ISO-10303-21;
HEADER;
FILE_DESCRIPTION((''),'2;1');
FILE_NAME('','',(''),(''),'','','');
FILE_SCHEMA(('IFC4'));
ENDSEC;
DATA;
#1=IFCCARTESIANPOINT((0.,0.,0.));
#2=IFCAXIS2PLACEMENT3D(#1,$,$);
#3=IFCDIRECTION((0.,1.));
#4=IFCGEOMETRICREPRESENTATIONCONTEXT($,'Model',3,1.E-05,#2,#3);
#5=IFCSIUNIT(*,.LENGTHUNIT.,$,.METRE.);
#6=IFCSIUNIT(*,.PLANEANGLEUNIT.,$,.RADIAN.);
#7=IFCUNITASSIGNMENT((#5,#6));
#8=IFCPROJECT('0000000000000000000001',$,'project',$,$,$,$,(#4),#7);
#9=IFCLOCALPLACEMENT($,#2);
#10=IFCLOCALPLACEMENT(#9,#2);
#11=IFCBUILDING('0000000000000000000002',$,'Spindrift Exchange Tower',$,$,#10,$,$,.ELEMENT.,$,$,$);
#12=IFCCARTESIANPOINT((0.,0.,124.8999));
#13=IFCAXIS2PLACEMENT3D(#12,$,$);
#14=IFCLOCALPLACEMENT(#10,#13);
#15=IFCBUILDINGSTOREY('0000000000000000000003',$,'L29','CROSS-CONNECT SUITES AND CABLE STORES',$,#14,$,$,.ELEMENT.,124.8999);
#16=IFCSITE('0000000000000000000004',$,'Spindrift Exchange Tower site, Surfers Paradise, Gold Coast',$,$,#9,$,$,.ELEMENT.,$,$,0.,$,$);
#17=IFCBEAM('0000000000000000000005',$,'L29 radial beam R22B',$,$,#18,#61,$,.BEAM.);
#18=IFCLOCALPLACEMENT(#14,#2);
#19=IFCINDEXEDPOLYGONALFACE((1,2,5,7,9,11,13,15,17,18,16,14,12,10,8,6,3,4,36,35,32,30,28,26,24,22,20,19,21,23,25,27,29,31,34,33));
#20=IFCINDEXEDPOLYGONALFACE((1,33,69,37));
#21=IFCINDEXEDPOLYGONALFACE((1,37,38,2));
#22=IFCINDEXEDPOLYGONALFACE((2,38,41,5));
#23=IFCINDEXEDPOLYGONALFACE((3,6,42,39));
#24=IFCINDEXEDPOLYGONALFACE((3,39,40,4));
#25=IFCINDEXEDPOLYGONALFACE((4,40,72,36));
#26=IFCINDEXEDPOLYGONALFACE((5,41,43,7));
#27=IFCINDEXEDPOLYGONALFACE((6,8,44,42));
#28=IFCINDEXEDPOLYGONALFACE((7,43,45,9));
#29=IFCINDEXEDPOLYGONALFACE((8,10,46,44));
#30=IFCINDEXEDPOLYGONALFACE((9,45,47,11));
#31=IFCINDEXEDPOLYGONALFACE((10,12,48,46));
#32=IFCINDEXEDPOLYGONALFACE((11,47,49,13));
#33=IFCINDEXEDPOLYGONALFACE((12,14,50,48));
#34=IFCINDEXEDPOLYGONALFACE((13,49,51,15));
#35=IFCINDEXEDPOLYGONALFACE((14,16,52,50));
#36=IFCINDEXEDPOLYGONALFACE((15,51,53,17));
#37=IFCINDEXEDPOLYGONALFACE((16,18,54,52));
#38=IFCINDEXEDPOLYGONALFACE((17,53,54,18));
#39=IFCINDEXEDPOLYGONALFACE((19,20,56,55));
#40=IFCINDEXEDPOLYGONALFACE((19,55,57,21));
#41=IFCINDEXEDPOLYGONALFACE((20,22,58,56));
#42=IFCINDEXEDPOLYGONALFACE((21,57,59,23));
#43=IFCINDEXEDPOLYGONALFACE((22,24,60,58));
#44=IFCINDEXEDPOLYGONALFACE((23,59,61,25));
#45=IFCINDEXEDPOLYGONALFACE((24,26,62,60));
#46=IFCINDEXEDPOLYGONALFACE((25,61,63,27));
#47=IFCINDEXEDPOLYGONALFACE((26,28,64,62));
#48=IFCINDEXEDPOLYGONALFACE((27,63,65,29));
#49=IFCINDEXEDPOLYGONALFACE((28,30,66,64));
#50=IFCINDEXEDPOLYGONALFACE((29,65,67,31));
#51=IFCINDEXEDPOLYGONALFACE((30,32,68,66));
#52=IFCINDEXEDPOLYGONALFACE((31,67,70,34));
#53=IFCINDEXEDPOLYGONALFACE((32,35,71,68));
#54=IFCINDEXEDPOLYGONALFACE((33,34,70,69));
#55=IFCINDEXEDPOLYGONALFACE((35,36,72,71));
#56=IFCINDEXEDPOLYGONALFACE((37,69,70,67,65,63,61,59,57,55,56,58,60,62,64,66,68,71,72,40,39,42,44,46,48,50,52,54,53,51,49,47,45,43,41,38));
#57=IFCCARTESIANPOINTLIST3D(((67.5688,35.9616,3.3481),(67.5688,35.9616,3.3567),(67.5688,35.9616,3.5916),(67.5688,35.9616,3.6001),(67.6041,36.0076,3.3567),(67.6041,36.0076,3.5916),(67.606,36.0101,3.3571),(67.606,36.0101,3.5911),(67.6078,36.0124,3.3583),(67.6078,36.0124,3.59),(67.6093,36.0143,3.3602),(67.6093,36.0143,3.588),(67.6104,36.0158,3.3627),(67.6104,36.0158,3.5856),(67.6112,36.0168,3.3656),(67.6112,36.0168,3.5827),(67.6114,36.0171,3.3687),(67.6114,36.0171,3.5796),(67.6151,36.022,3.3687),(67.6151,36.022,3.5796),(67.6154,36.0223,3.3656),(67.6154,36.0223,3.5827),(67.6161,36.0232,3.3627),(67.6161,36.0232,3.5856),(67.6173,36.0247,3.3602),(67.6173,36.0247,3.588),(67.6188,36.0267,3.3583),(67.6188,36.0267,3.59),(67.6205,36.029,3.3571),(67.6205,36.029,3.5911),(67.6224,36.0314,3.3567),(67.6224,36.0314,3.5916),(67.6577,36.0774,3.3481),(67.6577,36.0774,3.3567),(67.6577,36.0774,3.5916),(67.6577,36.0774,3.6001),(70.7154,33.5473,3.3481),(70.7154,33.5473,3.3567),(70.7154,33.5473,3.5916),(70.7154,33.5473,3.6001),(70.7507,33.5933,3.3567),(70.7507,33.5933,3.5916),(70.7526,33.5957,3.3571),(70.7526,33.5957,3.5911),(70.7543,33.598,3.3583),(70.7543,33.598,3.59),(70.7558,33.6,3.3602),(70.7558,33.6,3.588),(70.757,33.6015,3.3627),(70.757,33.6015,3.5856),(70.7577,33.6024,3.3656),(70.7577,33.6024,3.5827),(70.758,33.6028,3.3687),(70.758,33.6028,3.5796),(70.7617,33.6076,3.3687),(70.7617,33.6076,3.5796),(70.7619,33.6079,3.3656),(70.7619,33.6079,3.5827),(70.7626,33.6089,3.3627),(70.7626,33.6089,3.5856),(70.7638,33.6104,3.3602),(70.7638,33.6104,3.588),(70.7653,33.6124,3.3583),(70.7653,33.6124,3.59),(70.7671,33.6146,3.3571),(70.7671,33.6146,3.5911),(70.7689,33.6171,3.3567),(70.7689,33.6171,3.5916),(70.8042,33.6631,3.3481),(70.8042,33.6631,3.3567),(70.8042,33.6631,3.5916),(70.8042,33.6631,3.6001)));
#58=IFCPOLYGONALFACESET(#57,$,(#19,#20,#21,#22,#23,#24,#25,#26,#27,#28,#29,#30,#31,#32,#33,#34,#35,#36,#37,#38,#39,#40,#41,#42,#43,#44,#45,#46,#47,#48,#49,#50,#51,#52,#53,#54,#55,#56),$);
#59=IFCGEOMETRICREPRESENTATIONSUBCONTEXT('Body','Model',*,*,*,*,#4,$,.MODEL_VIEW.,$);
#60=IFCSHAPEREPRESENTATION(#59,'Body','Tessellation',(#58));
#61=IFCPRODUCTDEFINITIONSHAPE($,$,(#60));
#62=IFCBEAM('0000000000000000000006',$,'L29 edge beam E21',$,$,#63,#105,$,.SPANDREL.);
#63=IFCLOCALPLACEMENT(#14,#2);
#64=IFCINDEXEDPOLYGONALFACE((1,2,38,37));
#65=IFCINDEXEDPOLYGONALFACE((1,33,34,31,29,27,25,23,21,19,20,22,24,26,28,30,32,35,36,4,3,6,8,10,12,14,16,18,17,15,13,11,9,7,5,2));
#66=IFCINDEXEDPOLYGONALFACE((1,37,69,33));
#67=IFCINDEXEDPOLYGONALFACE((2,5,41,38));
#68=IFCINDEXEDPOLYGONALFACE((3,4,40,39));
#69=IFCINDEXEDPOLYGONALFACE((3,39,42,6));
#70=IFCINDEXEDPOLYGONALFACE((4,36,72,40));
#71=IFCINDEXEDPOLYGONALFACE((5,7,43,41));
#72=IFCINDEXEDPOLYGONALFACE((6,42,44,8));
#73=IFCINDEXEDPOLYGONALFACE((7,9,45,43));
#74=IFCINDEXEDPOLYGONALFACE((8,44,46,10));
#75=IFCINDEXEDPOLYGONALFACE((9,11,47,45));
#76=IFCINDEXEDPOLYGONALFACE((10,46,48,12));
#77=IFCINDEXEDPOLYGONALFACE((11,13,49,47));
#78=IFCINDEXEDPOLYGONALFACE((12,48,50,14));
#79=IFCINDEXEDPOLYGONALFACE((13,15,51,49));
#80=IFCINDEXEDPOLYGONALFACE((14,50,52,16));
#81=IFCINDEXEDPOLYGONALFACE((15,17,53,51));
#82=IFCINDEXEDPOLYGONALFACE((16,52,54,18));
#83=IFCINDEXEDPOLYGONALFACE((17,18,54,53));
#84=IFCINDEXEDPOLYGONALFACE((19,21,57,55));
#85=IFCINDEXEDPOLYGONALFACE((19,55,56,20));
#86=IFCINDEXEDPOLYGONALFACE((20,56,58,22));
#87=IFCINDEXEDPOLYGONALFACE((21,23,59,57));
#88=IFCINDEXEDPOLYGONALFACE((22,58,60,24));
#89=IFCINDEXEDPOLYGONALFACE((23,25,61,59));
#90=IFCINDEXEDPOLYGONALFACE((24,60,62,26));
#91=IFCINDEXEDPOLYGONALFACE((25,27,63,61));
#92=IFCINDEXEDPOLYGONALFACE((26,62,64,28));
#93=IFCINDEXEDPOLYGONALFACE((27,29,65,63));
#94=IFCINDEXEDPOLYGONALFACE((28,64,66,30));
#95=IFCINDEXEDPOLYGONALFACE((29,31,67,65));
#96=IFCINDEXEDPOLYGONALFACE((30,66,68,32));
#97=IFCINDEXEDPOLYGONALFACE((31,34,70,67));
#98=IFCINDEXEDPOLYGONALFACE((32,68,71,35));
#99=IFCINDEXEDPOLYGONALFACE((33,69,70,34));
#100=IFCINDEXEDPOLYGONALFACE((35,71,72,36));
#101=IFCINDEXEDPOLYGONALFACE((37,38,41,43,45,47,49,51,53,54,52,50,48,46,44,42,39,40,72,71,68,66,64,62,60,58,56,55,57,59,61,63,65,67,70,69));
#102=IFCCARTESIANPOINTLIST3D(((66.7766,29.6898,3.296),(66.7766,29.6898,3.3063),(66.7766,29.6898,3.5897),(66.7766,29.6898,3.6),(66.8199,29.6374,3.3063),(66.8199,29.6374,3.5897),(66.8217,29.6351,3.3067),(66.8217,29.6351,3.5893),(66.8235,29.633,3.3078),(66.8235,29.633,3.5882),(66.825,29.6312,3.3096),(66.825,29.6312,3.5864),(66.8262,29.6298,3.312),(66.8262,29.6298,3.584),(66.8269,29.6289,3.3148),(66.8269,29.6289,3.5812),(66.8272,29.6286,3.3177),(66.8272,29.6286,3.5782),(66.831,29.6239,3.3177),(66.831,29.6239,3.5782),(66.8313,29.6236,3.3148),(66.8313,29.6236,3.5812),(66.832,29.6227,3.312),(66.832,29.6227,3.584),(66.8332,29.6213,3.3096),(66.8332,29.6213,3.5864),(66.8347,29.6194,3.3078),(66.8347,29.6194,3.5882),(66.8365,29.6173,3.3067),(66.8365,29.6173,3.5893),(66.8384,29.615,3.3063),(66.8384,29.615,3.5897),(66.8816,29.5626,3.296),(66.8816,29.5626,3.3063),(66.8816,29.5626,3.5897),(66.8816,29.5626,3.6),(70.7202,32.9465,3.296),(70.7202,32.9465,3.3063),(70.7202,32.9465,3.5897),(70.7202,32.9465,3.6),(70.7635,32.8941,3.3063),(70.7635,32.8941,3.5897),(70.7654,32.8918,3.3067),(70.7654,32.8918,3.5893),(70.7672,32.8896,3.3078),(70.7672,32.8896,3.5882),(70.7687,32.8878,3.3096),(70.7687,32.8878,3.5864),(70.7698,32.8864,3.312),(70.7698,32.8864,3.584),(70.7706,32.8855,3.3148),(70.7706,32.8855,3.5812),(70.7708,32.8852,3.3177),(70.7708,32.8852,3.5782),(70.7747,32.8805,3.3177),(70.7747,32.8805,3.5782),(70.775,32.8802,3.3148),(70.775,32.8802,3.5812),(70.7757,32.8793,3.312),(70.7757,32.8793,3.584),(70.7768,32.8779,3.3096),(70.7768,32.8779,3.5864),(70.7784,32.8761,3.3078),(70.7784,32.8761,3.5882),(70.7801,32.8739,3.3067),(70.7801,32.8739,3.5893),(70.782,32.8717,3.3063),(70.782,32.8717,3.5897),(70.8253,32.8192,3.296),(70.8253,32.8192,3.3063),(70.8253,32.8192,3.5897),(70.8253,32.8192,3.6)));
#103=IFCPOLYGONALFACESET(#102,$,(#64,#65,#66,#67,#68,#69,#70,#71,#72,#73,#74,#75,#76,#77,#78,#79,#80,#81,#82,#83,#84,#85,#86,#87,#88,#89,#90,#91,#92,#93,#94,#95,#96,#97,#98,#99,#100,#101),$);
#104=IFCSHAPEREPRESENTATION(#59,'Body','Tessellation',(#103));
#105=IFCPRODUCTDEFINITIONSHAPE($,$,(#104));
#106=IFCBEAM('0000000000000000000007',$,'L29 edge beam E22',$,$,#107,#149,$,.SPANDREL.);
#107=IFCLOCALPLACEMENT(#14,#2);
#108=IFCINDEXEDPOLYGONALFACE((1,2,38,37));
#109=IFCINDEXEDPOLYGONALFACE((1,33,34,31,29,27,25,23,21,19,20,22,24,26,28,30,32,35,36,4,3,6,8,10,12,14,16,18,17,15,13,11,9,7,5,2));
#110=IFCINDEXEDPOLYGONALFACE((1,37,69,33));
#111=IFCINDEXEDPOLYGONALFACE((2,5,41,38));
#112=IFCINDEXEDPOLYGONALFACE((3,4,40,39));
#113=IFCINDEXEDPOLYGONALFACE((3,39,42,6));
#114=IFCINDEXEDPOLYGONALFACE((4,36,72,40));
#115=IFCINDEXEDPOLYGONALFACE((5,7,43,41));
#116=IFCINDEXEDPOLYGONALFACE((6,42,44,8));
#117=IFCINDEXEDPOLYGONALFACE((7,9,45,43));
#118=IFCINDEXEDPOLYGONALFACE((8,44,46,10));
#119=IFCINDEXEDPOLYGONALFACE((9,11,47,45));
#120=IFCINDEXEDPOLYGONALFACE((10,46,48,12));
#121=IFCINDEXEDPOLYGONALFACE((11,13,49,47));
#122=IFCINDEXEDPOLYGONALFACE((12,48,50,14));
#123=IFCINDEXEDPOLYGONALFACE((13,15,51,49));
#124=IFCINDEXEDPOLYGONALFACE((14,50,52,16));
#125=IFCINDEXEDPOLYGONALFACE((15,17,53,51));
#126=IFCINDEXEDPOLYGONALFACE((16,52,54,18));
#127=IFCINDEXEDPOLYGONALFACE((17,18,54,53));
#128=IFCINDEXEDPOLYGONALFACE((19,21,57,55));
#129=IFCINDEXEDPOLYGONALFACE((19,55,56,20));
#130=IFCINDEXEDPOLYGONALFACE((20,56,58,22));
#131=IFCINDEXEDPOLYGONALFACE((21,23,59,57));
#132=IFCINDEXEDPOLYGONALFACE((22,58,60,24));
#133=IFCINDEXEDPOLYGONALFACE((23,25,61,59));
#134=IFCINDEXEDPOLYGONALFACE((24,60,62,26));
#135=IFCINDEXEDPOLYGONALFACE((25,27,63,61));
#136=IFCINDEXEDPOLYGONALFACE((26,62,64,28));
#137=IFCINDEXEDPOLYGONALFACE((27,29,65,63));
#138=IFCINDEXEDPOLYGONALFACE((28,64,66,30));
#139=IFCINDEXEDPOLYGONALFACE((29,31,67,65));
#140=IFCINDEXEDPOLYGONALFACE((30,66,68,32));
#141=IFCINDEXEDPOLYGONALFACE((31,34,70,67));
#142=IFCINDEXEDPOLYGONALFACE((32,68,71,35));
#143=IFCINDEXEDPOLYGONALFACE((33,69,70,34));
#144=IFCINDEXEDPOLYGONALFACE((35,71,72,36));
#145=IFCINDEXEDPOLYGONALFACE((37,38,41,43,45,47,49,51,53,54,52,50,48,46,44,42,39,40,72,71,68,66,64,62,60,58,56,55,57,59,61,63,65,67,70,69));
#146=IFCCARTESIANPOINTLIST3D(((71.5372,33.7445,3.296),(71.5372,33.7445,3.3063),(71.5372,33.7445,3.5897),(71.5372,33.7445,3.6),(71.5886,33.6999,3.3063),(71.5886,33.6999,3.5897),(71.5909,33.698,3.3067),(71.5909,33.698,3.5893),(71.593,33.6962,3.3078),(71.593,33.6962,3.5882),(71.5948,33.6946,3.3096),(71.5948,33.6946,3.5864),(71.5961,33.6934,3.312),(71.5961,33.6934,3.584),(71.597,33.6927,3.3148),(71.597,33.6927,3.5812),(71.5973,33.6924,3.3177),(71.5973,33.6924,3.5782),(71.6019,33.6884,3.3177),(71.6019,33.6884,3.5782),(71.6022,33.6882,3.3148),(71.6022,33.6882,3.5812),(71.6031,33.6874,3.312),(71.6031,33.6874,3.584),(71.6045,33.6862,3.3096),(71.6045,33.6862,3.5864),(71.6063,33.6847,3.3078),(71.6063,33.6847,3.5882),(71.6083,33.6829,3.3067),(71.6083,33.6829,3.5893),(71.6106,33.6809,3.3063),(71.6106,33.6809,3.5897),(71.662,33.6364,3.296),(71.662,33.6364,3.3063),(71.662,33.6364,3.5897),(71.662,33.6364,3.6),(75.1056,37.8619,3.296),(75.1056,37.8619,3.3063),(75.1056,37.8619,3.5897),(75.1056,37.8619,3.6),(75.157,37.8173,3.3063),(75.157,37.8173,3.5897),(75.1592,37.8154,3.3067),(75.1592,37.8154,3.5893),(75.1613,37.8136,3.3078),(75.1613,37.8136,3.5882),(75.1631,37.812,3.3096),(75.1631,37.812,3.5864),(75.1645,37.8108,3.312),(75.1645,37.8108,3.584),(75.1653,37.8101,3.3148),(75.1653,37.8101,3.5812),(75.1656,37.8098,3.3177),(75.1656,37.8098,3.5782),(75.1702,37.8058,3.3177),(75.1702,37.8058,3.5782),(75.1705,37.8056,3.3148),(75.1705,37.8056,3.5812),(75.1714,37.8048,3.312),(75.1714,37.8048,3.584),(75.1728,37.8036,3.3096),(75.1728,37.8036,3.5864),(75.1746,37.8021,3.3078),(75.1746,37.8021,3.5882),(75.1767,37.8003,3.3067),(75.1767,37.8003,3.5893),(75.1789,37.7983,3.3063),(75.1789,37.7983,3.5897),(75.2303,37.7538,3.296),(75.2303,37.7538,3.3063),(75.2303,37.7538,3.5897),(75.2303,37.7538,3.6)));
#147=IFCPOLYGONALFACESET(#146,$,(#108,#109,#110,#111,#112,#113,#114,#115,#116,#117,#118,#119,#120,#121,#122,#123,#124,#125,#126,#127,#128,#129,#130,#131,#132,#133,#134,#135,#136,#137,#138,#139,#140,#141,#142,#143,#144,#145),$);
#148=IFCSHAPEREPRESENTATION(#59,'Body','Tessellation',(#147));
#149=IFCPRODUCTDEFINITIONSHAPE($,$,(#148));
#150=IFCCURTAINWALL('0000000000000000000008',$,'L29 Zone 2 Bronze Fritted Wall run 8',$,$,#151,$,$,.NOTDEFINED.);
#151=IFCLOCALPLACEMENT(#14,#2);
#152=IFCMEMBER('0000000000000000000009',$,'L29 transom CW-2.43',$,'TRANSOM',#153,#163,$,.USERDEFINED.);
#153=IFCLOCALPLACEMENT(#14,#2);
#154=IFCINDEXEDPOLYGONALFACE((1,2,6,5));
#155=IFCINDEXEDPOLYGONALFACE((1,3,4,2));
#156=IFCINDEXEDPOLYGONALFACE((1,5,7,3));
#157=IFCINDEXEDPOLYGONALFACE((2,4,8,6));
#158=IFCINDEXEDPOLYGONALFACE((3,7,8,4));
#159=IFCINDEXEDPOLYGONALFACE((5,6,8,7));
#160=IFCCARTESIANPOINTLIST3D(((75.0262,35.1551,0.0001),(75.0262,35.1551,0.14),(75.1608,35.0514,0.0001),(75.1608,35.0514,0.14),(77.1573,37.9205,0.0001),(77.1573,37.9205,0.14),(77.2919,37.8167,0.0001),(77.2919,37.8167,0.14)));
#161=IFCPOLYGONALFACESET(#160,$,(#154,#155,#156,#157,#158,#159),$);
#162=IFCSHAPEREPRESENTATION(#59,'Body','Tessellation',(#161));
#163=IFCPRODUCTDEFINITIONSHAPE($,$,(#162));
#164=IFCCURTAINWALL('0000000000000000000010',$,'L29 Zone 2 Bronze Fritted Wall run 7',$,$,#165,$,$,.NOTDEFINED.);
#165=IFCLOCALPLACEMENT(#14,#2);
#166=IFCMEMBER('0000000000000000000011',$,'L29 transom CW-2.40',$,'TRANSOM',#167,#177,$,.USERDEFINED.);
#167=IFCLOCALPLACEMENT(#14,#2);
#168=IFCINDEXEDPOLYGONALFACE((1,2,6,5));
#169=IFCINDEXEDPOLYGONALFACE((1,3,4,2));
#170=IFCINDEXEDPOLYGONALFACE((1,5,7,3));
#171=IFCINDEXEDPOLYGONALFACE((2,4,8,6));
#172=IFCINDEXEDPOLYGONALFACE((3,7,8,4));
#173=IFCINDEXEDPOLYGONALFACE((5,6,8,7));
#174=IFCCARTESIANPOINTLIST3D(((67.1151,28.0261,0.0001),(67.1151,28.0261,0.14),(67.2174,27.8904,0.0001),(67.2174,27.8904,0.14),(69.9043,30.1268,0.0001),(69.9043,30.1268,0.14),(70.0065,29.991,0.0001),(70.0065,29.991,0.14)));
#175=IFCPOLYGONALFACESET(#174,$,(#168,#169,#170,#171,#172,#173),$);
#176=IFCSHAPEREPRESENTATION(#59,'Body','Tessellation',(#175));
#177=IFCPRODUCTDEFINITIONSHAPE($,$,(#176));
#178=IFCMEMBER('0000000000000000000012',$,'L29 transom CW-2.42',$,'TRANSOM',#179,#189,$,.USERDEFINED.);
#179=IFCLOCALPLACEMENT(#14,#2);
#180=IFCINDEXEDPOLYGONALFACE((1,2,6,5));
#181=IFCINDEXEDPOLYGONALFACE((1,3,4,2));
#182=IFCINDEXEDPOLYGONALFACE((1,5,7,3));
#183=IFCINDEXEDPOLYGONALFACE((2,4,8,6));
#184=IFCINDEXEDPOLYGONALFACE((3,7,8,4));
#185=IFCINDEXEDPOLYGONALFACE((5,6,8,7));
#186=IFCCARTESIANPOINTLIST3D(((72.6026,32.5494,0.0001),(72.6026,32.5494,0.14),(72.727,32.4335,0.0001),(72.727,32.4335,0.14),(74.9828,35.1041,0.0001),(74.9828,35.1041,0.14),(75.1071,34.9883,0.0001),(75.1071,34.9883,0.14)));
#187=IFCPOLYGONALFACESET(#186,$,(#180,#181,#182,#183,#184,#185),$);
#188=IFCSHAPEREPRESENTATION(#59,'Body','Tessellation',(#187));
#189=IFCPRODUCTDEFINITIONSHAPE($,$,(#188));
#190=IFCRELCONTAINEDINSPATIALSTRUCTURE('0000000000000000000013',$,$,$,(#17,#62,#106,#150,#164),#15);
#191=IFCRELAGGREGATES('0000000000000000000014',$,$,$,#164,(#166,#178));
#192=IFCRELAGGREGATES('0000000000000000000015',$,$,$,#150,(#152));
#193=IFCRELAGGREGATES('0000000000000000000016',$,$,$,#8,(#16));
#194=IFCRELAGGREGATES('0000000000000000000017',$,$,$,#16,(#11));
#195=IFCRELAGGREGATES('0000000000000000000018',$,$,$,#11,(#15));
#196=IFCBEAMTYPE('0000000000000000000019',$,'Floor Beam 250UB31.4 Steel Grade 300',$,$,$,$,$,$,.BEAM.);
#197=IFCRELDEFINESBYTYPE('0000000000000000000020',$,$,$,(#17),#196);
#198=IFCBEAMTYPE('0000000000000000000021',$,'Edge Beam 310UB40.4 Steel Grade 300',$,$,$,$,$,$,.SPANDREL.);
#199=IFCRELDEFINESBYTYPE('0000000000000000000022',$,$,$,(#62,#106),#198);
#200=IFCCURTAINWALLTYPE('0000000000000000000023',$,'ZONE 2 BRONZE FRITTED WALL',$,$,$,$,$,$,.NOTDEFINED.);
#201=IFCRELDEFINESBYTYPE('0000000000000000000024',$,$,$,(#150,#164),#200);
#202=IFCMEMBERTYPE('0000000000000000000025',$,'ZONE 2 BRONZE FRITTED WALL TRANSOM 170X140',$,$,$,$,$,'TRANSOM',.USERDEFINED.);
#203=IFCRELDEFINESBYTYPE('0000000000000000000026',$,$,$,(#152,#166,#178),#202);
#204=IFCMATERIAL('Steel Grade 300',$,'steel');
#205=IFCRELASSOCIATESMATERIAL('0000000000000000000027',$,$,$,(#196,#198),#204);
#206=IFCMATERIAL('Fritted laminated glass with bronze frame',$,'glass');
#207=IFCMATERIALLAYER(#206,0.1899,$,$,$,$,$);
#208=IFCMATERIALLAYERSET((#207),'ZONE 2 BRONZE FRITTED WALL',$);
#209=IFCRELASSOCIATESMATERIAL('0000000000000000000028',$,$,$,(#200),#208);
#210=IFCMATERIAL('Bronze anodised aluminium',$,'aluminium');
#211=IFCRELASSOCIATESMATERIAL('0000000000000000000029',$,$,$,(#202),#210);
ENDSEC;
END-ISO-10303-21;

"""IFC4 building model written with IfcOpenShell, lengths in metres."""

from ifc_helpers import new_model, si_unit, direction, frame, origin, origin_2d, place, context, subcontext, project, spatial, rectangle, i_section, extrude, source, transform, mapped, material, layer, layer_set, material_profile, profile_set, type_object, element, aggregate, save


model = new_model("IFC4")

# Units and contexts
model_context = context("Model", 3, precision=1e-05, world=origin(), true_north=direction((0.0, 1.0)))
body_context = subcontext(model_context, "Body", "Model", "MODEL_VIEW")
ifc_project = project(units=[si_unit("LENGTHUNIT", "METRE"), si_unit("PLANEANGLEUNIT", "RADIAN")], contexts=[model_context])

# Site, building, storey
site_placement = place(None, origin())
site = spatial("IfcSite", under=ifc_project, at=site_placement, Name="Spindrift Exchange Tower site, Surfers Paradise, Gold Coast", CompositionType="ELEMENT", RefElevation=0.0)
building_placement = place(site_placement, origin())
building = spatial("IfcBuilding", under=site, at=building_placement, Name="Spindrift Exchange Tower", CompositionType="ELEMENT")
storey_placement = place(building_placement, frame((0.0, 0.0, 124.8999)))
storey = spatial("IfcBuildingStorey", under=building, at=storey_placement, Name="L29", Description="CROSS-CONNECT SUITES AND CABLE STORES", CompositionType="ELEMENT", Elevation=124.8999)

# Beams
ifc_material_1 = material(Name="Steel Grade 300", Category="steel")
ifc_material_profile_1 = material_profile(ifc_material_1, i_section(OverallWidth=0.146, OverallDepth=0.252, WebThickness=0.0061, FlangeThickness=0.0085, FilletRadius=0.012, at=origin_2d()), Name="250UB31.4")
ifc_profile_set_1 = profile_set([ifc_material_profile_1], Name="Steel Grade 300")
beam_type_1 = type_object("IfcBeamType", Name="Floor Beam 250UB31.4 Steel Grade 300", PredefinedType="BEAM", material=ifc_profile_set_1)
shared_shape_1 = source(origin(), body_context, "Body", "SweptSolid", [
    extrude(i_section(OverallWidth=0.146, OverallDepth=0.252, WebThickness=0.0061, FlangeThickness=0.0085, FilletRadius=0.012, at=origin_2d()), origin(), (0.0, 0.0, 1.0), 3.9661),
])
beam_1_placement = place(storey_placement, frame((67.6133, 36.0195, 3.4741), z_axis=(0.793363, -0.608749, 0.0), x_axis=(0.608749, 0.793363, 0.0)))
element("IfcBeam", 1, at=beam_1_placement, inside=storey, type_object=beam_type_1, Name="L29 radial beam R22B", PredefinedType="BEAM", context=body_context, shape_type="MappedRepresentation", body=[
    mapped(shared_shape_1, transform((0.0, 0.0, 0.0), scale=1.0)),
])
ifc_material_profile_2 = material_profile(ifc_material_1, i_section(OverallWidth=0.165, OverallDepth=0.304, WebThickness=0.0061, FlangeThickness=0.0103, FilletRadius=0.0115, at=origin_2d()), Name="310UB40.4")
ifc_profile_set_2 = profile_set([ifc_material_profile_2], Name="Steel Grade 300")
beam_type_2 = type_object("IfcBeamType", Name="Edge Beam 310UB40.4 Steel Grade 300", PredefinedType="SPANDREL", material=ifc_profile_set_2)
shared_shape_2 = source(origin(), body_context, "Body", "SweptSolid", [
    extrude(i_section(OverallWidth=0.165, OverallDepth=0.304, WebThickness=0.0061, FlangeThickness=0.0103, FilletRadius=0.0115, at=origin_2d()), origin(), (0.0, 0.0, 1.0), 5.1145),
])
beam_2_placement = place(storey_placement, frame((66.8291, 29.6262, 3.448), z_axis=(0.771074, 0.636746, 0.0), x_axis=(-0.636746, 0.771074, 0.0)))
element("IfcBeam", 2, at=beam_2_placement, inside=storey, type_object=beam_type_2, Name="L29 edge beam E21", PredefinedType="SPANDREL", context=body_context, shape_type="MappedRepresentation", body=[
    mapped(shared_shape_2, transform((0.0, 0.0, 0.0), scale=1.0)),
])
shared_shape_3 = source(origin(), body_context, "Body", "SweptSolid", [
    extrude(i_section(OverallWidth=0.165, OverallDepth=0.304, WebThickness=0.0061, FlangeThickness=0.0103, FilletRadius=0.0115, at=origin_2d()), origin(), (0.0, 0.0, 1.0), 5.4485),
])
beam_3_placement = place(storey_placement, frame((71.5996, 33.6904, 3.448), z_axis=(0.654922, 0.755696, 0.0), x_axis=(-0.755696, 0.654922, 0.0)))
element("IfcBeam", 3, at=beam_3_placement, inside=storey, type_object=beam_type_2, Name="L29 edge beam E22", PredefinedType="SPANDREL", context=body_context, shape_type="MappedRepresentation", body=[
    mapped(shared_shape_3, transform((0.0, 0.0, 0.0), scale=1.0)),
])

# Curtain wall, member
ifc_material_2 = material(Name="Fritted laminated glass with bronze frame", Category="glass")
ifc_layer_1 = layer(ifc_material_2, 0.1899)
ifc_layer_set_1 = layer_set([ifc_layer_1], Name="ZONE 2 BRONZE FRITTED WALL")
curtain_wall_type = type_object("IfcCurtainWallType", Name="ZONE 2 BRONZE FRITTED WALL", PredefinedType="NOTDEFINED", material=ifc_layer_set_1)
curtain_wall_1_placement = place(storey_placement, origin())
curtain_wall_1 = element("IfcCurtainWall", 4, at=curtain_wall_1_placement, inside=storey, type_object=curtain_wall_type, Name="L29 Zone 2 Bronze Fritted Wall run 8", PredefinedType="NOTDEFINED")
ifc_material_3 = material(Name="Bronze anodised aluminium", Category="aluminium")
ifc_material_profile_3 = material_profile(ifc_material_3, rectangle(XDim=0.1699, YDim=0.1399, at=origin_2d()), Name="ZONE 2 BRONZE FRITTED WALL TRANSOM 170X140")
ifc_profile_set_3 = profile_set([ifc_material_profile_3], Name="Bronze anodised aluminium")
member_type_1 = type_object("IfcMemberType", Name="ZONE 2 BRONZE FRITTED WALL TRANSOM 170X140", ElementType="TRANSOM", PredefinedType="USERDEFINED", material=ifc_profile_set_3)
shared_shape_4 = source(origin(), body_context, "Body", "SweptSolid", [
    extrude(rectangle(XDim=0.1699, YDim=0.1399, at=origin_2d()), origin(), (0.0, 0.0, 1.0), 3.4912),
])
member_1_placement = place(storey_placement, frame((75.0935, 35.1033, 0.0701), z_axis=(0.61041, 0.792086, 0.0), x_axis=(-0.792086, 0.61041, 0.0)))
member_1 = element("IfcMember", 5, at=member_1_placement, type_object=member_type_1, Name="L29 transom CW-2.43", ObjectType="TRANSOM", PredefinedType="USERDEFINED", context=body_context, shape_type="MappedRepresentation", body=[
    mapped(shared_shape_4, transform((0.0, 0.0, 0.0), scale=1.0)),
])

# Curtain wall, members
curtain_wall_2_placement = place(storey_placement, origin())
curtain_wall_2 = element("IfcCurtainWall", 6, at=curtain_wall_2_placement, inside=storey, type_object=curtain_wall_type, Name="L29 Zone 2 Bronze Fritted Wall run 7", PredefinedType="NOTDEFINED")
shared_shape_5 = source(origin(), body_context, "Body", "SweptSolid", [
    extrude(rectangle(XDim=0.1699, YDim=0.1399, at=origin_2d()), origin(), (0.0, 0.0, 1.0), 3.4917),
])
member_2_placement = place(storey_placement, frame((67.1663, 27.9583, 0.0701), z_axis=(0.79879, 0.60161, 0.0), x_axis=(-0.60161, 0.79879, 0.0)))
member_2 = element("IfcMember", 7, at=member_2_placement, type_object=member_type_1, Name="L29 transom CW-2.40", ObjectType="TRANSOM", PredefinedType="USERDEFINED", context=body_context, shape_type="MappedRepresentation", body=[
    mapped(shared_shape_5, transform((0.0, 0.0, 0.0), scale=1.0)),
])
member_3_placement = place(storey_placement, frame((72.6648, 32.4915, 0.0701), z_axis=(0.681668, 0.731662, 0.0), x_axis=(-0.731662, 0.681668, 0.0)))
member_3 = element("IfcMember", 8, at=member_3_placement, type_object=member_type_1, Name="L29 transom CW-2.42", ObjectType="TRANSOM", PredefinedType="USERDEFINED", context=body_context, shape_type="MappedRepresentation", body=[
    mapped(shared_shape_5, transform((0.0, 0.0, 0.0), scale=1.0)),
])

aggregate(curtain_wall_2, [member_2, member_3])
aggregate(curtain_wall_1, [member_1])

save(model, "model.ifc")
